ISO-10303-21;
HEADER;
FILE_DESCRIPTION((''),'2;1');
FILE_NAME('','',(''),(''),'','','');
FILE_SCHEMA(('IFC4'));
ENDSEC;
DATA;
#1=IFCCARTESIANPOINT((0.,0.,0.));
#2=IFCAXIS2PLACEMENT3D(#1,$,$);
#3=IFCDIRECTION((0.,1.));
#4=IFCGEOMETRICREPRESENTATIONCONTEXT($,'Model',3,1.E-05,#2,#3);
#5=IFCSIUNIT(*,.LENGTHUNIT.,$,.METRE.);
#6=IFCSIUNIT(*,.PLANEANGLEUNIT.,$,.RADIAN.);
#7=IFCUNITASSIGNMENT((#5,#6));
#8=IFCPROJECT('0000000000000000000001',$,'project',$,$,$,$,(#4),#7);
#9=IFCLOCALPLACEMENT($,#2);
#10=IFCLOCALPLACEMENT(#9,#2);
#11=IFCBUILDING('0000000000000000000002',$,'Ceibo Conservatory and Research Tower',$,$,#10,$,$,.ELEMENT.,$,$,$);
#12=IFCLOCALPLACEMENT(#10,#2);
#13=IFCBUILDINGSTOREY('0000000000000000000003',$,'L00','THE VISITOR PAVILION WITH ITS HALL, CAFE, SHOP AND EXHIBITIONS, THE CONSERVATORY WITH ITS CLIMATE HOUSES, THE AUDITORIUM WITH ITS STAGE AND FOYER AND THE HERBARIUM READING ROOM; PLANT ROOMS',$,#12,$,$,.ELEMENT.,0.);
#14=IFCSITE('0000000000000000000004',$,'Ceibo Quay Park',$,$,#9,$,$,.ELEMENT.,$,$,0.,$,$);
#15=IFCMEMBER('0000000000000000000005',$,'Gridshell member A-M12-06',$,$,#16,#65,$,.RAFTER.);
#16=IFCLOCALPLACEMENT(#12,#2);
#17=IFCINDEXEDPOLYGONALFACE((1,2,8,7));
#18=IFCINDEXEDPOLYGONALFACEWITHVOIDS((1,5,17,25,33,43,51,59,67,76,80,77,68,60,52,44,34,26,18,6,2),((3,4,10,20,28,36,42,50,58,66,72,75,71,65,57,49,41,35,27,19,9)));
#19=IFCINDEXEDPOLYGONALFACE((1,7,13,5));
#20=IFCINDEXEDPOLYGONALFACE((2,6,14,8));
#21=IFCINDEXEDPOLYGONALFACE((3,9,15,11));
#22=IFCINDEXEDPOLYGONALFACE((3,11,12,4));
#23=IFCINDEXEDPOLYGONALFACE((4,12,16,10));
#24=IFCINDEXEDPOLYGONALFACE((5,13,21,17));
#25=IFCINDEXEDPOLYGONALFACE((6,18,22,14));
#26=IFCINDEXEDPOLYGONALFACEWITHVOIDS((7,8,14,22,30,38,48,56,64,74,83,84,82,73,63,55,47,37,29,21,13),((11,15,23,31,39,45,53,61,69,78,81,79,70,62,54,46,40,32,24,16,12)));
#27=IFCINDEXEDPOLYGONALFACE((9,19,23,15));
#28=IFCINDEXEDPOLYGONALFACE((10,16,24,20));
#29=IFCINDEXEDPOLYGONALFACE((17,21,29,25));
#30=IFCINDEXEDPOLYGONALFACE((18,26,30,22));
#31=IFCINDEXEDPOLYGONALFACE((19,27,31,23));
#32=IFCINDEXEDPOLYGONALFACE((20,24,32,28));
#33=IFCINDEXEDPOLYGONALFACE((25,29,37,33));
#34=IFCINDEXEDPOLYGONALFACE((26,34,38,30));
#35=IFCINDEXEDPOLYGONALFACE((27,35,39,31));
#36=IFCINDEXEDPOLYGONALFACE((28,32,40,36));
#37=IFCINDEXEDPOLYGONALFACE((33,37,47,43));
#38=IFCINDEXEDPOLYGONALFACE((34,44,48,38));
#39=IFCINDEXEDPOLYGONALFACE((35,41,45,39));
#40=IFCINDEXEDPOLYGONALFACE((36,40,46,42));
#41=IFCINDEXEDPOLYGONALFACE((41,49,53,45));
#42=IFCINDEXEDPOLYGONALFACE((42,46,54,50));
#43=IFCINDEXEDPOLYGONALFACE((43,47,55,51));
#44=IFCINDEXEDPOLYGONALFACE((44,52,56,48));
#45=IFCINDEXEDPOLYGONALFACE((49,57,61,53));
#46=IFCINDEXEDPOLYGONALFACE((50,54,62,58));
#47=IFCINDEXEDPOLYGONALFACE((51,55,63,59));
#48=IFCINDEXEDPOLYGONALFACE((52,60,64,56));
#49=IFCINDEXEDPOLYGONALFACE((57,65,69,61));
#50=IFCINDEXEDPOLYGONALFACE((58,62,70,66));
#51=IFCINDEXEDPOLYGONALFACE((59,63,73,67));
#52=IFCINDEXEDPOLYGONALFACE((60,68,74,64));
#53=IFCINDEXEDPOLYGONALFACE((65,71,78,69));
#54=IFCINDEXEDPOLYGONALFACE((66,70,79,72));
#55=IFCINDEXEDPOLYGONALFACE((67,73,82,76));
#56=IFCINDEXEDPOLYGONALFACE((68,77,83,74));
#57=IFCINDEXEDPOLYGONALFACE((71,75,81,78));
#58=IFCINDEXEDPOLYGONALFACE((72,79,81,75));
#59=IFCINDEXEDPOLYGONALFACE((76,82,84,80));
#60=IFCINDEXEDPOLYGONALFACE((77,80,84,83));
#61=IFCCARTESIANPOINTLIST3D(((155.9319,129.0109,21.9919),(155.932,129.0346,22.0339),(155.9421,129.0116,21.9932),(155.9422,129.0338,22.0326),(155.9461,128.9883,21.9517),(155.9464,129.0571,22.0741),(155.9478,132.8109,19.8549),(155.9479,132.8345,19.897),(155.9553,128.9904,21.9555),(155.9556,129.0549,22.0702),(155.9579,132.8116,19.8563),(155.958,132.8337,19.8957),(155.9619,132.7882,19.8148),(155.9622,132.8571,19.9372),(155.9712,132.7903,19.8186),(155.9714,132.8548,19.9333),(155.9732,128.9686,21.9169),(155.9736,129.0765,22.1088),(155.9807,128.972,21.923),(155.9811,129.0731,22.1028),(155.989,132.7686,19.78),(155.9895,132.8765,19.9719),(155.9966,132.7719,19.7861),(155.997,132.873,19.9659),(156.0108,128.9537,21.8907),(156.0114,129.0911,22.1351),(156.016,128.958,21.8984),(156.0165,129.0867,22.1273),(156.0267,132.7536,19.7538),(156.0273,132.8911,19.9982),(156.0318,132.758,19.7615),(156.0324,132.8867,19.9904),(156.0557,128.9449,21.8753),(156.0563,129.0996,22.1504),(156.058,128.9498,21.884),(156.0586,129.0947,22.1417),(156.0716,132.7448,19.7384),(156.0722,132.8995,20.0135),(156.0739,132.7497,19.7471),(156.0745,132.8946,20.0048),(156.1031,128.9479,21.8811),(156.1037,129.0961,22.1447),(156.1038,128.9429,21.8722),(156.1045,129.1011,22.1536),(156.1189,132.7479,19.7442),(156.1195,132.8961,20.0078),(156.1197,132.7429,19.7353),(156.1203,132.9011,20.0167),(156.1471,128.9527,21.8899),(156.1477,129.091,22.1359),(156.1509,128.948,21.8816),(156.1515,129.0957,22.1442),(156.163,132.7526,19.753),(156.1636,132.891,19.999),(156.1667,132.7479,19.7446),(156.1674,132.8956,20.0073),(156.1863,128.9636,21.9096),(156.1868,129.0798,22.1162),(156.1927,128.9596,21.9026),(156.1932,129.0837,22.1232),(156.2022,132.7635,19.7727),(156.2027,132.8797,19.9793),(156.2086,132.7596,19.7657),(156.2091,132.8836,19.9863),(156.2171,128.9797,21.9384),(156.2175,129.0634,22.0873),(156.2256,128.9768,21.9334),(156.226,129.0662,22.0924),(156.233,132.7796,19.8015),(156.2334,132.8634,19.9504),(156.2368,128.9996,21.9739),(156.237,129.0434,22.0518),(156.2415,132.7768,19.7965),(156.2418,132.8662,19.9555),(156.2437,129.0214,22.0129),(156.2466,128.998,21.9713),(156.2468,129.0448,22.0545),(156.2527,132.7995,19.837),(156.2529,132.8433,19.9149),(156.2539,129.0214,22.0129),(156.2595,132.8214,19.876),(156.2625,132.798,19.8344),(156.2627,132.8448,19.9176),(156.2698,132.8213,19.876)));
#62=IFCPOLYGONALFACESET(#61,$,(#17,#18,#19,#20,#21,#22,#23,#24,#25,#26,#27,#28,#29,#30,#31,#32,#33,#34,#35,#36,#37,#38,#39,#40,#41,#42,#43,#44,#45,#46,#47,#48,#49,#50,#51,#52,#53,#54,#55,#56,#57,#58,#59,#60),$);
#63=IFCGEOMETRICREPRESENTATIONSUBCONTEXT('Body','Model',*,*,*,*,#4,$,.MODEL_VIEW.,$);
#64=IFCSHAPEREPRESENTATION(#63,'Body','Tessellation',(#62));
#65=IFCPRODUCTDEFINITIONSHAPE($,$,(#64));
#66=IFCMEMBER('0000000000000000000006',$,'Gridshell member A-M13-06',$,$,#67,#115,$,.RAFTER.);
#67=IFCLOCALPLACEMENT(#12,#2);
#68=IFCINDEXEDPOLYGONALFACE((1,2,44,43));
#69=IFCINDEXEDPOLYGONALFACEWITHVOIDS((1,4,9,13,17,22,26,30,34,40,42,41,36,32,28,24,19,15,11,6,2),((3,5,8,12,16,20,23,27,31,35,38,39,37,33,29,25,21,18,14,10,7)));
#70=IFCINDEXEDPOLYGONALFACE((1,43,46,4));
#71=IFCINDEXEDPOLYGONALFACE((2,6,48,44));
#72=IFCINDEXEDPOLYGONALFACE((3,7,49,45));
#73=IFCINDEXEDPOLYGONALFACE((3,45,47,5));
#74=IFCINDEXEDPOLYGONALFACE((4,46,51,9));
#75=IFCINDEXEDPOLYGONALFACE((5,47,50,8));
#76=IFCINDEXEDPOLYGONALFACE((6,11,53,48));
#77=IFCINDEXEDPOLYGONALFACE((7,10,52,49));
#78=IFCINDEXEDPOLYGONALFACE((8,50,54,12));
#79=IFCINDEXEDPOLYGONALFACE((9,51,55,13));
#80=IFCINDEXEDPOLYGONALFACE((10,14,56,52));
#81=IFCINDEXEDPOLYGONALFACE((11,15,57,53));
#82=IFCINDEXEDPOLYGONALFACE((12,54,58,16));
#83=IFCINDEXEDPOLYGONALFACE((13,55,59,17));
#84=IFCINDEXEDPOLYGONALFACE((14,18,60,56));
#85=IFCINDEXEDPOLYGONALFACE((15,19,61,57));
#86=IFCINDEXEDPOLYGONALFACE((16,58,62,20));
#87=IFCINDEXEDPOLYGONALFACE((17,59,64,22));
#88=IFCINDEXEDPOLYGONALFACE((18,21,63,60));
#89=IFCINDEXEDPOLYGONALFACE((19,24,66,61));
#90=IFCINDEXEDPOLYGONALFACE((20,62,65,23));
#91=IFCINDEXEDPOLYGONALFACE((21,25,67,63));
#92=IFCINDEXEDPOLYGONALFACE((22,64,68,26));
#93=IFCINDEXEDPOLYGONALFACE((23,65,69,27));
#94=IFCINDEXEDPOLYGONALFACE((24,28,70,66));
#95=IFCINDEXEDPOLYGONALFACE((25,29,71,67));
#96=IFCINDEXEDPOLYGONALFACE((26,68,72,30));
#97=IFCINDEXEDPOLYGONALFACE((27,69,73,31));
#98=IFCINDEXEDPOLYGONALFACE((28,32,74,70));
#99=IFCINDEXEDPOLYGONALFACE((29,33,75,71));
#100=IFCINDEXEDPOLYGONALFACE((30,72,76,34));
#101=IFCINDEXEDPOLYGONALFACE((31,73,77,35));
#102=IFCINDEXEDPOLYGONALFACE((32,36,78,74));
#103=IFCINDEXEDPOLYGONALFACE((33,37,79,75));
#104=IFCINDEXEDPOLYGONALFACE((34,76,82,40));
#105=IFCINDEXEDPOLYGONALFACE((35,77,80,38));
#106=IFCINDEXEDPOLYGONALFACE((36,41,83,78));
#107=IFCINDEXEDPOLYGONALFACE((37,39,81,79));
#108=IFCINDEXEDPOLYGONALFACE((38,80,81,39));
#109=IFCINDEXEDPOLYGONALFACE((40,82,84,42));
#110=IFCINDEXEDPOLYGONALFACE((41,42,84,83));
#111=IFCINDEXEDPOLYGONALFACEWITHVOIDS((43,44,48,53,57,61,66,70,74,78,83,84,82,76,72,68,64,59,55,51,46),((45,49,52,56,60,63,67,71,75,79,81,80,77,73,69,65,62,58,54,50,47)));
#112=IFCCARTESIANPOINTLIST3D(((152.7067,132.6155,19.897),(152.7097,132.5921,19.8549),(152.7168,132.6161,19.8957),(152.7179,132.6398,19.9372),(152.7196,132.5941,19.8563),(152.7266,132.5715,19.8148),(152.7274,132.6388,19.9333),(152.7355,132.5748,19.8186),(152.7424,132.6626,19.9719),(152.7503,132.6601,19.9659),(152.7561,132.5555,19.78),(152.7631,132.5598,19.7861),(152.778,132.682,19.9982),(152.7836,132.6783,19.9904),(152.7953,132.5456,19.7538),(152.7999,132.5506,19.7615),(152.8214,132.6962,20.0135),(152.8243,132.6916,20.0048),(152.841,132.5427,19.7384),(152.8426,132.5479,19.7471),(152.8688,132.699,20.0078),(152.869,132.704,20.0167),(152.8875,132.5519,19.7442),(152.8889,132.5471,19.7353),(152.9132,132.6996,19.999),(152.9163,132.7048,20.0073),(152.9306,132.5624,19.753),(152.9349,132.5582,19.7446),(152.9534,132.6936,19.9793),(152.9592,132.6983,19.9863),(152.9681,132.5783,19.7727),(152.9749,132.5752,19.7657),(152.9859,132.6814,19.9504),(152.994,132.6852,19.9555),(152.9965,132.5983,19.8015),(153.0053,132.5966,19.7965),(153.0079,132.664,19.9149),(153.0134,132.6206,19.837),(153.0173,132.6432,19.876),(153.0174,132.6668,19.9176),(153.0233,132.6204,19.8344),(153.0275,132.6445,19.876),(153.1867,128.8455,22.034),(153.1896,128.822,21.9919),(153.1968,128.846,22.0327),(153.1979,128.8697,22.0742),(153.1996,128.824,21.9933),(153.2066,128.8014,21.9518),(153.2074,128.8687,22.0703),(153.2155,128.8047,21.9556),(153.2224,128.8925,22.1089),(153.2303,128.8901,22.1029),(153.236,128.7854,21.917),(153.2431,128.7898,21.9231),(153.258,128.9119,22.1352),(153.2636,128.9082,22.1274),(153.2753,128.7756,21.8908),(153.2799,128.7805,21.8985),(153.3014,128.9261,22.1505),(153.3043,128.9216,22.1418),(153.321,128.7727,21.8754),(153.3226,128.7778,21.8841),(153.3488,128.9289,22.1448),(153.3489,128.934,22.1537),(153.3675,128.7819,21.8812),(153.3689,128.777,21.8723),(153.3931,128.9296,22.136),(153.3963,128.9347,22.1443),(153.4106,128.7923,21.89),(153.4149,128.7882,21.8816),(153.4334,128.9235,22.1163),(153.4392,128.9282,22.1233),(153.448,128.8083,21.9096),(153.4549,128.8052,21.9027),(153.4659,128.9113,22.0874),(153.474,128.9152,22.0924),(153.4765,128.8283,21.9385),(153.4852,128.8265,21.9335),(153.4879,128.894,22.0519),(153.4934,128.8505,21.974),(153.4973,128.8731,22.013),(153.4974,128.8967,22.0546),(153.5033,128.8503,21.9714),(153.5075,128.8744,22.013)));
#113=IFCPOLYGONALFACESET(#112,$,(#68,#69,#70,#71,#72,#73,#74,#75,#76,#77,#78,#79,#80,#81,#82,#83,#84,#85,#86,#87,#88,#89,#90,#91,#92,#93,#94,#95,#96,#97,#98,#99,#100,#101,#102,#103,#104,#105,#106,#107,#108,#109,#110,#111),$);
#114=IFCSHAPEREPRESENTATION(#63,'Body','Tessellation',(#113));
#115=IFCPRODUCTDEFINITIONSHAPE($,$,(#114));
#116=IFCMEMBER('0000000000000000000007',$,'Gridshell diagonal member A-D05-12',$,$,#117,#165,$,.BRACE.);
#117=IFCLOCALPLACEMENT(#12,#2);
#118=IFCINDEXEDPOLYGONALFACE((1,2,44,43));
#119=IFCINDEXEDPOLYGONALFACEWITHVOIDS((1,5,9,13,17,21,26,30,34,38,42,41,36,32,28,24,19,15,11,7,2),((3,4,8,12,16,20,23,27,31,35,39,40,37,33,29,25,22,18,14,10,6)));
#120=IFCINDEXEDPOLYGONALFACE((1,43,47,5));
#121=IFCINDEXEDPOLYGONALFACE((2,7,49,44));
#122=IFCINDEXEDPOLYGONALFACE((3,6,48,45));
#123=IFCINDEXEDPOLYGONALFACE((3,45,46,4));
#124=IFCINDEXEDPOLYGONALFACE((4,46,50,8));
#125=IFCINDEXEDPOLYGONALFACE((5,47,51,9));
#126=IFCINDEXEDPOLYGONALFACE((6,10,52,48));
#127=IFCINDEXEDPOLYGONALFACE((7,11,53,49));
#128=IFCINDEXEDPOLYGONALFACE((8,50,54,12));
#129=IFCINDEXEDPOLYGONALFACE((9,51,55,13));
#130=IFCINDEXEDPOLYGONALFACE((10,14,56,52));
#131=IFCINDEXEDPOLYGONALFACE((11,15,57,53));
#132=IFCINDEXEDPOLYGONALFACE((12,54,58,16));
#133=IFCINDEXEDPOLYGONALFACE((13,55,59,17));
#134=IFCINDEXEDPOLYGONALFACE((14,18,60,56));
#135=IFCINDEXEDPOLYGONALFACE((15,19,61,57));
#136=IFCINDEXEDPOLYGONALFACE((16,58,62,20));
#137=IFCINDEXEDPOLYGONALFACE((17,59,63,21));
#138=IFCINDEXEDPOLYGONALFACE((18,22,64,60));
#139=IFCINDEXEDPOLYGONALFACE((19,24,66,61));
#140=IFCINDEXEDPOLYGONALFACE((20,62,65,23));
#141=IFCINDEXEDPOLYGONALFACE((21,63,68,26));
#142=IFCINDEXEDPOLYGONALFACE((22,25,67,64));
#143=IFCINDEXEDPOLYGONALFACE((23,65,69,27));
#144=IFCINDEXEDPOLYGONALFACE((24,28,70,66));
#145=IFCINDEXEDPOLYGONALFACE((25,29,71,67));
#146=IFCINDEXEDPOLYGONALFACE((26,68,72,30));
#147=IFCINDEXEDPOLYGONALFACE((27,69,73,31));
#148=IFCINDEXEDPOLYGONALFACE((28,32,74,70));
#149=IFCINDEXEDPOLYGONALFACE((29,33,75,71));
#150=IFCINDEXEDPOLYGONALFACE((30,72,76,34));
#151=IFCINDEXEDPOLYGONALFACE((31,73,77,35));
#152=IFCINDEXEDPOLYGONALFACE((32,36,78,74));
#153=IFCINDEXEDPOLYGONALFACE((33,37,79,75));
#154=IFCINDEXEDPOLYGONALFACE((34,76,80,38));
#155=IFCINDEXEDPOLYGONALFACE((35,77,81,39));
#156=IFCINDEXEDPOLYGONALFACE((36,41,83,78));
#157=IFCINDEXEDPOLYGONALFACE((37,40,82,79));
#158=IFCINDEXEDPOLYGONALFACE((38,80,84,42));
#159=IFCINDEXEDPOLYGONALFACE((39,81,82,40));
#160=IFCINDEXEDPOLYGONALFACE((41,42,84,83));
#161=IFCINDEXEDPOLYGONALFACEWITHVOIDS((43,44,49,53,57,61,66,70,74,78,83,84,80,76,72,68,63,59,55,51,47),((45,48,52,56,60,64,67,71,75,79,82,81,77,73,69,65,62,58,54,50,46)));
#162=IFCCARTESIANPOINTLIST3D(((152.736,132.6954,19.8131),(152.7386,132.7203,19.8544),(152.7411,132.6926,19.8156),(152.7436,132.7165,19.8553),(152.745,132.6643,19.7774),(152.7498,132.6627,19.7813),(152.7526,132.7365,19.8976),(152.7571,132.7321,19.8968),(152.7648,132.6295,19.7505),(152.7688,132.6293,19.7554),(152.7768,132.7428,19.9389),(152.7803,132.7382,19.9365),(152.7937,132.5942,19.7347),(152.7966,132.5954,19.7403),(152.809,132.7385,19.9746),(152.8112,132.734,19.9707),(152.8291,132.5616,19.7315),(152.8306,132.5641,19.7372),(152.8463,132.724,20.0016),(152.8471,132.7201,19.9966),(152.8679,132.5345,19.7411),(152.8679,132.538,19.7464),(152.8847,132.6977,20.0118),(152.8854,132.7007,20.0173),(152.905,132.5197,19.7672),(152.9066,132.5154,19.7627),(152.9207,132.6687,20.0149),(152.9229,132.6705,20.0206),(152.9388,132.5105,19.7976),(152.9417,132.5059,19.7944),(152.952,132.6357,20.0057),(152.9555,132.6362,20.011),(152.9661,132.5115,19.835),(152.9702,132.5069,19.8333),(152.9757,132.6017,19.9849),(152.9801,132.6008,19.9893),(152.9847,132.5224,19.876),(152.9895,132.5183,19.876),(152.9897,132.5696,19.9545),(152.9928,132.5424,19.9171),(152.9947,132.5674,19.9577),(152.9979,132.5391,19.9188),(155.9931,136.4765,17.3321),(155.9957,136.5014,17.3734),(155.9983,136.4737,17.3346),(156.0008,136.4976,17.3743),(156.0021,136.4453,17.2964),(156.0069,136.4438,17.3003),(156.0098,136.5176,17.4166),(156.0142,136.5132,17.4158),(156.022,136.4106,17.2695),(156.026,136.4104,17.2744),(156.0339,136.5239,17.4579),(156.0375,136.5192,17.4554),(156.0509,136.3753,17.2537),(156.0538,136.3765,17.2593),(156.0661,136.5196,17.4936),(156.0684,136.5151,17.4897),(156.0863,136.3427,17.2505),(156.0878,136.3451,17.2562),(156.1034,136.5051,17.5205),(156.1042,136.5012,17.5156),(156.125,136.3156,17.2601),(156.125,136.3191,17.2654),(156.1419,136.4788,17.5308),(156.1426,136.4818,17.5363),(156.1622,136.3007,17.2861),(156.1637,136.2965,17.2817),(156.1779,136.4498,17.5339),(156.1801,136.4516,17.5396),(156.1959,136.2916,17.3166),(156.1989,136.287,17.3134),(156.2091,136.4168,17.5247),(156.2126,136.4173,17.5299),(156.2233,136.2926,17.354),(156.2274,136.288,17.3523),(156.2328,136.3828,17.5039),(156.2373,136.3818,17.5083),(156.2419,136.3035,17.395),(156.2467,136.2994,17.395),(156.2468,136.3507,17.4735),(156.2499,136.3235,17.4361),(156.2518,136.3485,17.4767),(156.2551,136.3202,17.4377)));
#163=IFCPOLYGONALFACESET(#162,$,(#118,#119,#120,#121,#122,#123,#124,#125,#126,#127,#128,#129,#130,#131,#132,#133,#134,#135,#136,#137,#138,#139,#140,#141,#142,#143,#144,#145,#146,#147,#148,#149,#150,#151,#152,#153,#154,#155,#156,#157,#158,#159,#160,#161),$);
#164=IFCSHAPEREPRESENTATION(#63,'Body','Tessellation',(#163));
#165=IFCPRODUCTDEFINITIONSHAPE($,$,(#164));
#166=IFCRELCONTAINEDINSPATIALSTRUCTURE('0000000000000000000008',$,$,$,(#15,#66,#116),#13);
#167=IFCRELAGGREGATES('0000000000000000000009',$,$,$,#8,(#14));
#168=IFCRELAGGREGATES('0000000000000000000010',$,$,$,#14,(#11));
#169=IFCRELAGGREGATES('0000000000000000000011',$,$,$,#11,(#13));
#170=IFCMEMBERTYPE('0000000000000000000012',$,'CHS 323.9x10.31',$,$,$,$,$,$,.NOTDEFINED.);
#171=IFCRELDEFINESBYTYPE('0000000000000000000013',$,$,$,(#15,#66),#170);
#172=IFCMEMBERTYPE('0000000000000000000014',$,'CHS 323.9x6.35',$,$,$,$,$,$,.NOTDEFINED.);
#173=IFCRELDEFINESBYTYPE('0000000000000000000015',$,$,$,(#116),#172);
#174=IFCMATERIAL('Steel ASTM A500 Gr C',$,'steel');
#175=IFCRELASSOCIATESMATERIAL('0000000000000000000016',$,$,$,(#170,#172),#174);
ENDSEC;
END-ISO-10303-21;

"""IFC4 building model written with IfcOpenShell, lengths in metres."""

from ifc_helpers import new_model, si_unit, direction, frame, origin, origin_2d, place, context, subcontext, project, spatial, hollow_circle, extrude, material, material_profile, profile_set, type_object, element, save


model = new_model("IFC4")

# Units and contexts
model_context = context("Model", 3, precision=1e-05, world=origin(), true_north=direction((0.0, 1.0)))
body_context = subcontext(model_context, "Body", "Model", "MODEL_VIEW")
ifc_project = project(units=[si_unit("LENGTHUNIT", "METRE"), si_unit("PLANEANGLEUNIT", "RADIAN")], contexts=[model_context])

# Site, building, storey
site_placement = place(None, origin())
site = spatial("IfcSite", under=ifc_project, at=site_placement, Name="Ceibo Quay Park", CompositionType="ELEMENT", RefElevation=0.0)
building_placement = place(site_placement, origin())
building = spatial("IfcBuilding", under=site, at=building_placement, Name="Ceibo Conservatory and Research Tower", CompositionType="ELEMENT")
storey_placement = place(building_placement, origin())
storey = spatial("IfcBuildingStorey", under=building, at=storey_placement, Name="L00", Description="THE VISITOR PAVILION WITH ITS HALL, CAFE, SHOP AND EXHIBITIONS, THE CONSERVATORY WITH ITS CLIMATE HOUSES, THE AUDITORIUM WITH ITS STAGE AND FOYER AND THE HERBARIUM READING ROOM; PLANT ROOMS", CompositionType="ELEMENT", Elevation=0.0)

# Members
ifc_material_1 = material(Name="Steel ASTM A500 Gr C", Category="steel")
ifc_material_profile_1 = material_profile(ifc_material_1, hollow_circle(Radius=0.1619, WallThickness=0.0103, at=origin_2d()), Name="CHS 323.9x10.31")
ifc_profile_set_1 = profile_set([ifc_material_profile_1], Name="Steel ASTM A500 Gr C")
member_type_1 = type_object("IfcMemberType", Name="CHS 323.9x10.31", PredefinedType="NOTDEFINED", material=ifc_profile_set_1)
member_1_placement = place(storey_placement, frame((156.1079, 132.822, 19.876), z_axis=(-0.00364, -0.871625, 0.49016), x_axis=(0.999991, -0.004176, 0.0)))
element("IfcMember", 1, at=member_1_placement, inside=storey, type_object=member_type_1, Name="Gridshell member A-M12-06", PredefinedType="RAFTER", context=body_context, shape_type="SweptSolid", body=[
    extrude(hollow_circle(Radius=0.1619, WallThickness=0.0103, at=origin_2d()), origin(), (0.0, 0.0, 1.0), 4.3596),
])
member_2_placement = place(storey_placement, frame((152.8669, 132.624, 19.876), z_axis=(0.110086, -0.864673, 0.490123), x_axis=(0.991993, 0.126296, 0.0)))
element("IfcMember", 2, at=member_2_placement, inside=storey, type_object=member_type_1, Name="Gridshell member A-M13-06", PredefinedType="RAFTER", context=body_context, shape_type="SweptSolid", body=[
    extrude(hollow_circle(Radius=0.1619, WallThickness=0.0103, at=origin_2d()), origin(), (0.0, 0.0, 1.0), 4.3601),
])
ifc_material_profile_2 = material_profile(ifc_material_1, hollow_circle(Radius=0.1619, WallThickness=0.0063, at=origin_2d()), Name="CHS 323.9x6.35")
ifc_profile_set_2 = profile_set([ifc_material_profile_2], Name="Steel ASTM A500 Gr C")
member_type_2 = type_object("IfcMemberType", Name="CHS 323.9x6.35", PredefinedType="NOTDEFINED", material=ifc_profile_set_2)
member_3_placement = place(storey_placement, frame((156.124, 136.405, 17.395), z_axis=(-0.584426, -0.678435, 0.445164), x_axis=(0.757649, -0.652663, 0.0)))
element("IfcMember", 3, at=member_3_placement, inside=storey, type_object=member_type_2, Name="Gridshell diagonal member A-D05-12", PredefinedType="BRACE", context=body_context, shape_type="SweptSolid", body=[
    extrude(hollow_circle(Radius=0.1619, WallThickness=0.0063, at=origin_2d()), origin(), (0.0, 0.0, 1.0), 5.5732),
])

save(model, "model.ifc")
